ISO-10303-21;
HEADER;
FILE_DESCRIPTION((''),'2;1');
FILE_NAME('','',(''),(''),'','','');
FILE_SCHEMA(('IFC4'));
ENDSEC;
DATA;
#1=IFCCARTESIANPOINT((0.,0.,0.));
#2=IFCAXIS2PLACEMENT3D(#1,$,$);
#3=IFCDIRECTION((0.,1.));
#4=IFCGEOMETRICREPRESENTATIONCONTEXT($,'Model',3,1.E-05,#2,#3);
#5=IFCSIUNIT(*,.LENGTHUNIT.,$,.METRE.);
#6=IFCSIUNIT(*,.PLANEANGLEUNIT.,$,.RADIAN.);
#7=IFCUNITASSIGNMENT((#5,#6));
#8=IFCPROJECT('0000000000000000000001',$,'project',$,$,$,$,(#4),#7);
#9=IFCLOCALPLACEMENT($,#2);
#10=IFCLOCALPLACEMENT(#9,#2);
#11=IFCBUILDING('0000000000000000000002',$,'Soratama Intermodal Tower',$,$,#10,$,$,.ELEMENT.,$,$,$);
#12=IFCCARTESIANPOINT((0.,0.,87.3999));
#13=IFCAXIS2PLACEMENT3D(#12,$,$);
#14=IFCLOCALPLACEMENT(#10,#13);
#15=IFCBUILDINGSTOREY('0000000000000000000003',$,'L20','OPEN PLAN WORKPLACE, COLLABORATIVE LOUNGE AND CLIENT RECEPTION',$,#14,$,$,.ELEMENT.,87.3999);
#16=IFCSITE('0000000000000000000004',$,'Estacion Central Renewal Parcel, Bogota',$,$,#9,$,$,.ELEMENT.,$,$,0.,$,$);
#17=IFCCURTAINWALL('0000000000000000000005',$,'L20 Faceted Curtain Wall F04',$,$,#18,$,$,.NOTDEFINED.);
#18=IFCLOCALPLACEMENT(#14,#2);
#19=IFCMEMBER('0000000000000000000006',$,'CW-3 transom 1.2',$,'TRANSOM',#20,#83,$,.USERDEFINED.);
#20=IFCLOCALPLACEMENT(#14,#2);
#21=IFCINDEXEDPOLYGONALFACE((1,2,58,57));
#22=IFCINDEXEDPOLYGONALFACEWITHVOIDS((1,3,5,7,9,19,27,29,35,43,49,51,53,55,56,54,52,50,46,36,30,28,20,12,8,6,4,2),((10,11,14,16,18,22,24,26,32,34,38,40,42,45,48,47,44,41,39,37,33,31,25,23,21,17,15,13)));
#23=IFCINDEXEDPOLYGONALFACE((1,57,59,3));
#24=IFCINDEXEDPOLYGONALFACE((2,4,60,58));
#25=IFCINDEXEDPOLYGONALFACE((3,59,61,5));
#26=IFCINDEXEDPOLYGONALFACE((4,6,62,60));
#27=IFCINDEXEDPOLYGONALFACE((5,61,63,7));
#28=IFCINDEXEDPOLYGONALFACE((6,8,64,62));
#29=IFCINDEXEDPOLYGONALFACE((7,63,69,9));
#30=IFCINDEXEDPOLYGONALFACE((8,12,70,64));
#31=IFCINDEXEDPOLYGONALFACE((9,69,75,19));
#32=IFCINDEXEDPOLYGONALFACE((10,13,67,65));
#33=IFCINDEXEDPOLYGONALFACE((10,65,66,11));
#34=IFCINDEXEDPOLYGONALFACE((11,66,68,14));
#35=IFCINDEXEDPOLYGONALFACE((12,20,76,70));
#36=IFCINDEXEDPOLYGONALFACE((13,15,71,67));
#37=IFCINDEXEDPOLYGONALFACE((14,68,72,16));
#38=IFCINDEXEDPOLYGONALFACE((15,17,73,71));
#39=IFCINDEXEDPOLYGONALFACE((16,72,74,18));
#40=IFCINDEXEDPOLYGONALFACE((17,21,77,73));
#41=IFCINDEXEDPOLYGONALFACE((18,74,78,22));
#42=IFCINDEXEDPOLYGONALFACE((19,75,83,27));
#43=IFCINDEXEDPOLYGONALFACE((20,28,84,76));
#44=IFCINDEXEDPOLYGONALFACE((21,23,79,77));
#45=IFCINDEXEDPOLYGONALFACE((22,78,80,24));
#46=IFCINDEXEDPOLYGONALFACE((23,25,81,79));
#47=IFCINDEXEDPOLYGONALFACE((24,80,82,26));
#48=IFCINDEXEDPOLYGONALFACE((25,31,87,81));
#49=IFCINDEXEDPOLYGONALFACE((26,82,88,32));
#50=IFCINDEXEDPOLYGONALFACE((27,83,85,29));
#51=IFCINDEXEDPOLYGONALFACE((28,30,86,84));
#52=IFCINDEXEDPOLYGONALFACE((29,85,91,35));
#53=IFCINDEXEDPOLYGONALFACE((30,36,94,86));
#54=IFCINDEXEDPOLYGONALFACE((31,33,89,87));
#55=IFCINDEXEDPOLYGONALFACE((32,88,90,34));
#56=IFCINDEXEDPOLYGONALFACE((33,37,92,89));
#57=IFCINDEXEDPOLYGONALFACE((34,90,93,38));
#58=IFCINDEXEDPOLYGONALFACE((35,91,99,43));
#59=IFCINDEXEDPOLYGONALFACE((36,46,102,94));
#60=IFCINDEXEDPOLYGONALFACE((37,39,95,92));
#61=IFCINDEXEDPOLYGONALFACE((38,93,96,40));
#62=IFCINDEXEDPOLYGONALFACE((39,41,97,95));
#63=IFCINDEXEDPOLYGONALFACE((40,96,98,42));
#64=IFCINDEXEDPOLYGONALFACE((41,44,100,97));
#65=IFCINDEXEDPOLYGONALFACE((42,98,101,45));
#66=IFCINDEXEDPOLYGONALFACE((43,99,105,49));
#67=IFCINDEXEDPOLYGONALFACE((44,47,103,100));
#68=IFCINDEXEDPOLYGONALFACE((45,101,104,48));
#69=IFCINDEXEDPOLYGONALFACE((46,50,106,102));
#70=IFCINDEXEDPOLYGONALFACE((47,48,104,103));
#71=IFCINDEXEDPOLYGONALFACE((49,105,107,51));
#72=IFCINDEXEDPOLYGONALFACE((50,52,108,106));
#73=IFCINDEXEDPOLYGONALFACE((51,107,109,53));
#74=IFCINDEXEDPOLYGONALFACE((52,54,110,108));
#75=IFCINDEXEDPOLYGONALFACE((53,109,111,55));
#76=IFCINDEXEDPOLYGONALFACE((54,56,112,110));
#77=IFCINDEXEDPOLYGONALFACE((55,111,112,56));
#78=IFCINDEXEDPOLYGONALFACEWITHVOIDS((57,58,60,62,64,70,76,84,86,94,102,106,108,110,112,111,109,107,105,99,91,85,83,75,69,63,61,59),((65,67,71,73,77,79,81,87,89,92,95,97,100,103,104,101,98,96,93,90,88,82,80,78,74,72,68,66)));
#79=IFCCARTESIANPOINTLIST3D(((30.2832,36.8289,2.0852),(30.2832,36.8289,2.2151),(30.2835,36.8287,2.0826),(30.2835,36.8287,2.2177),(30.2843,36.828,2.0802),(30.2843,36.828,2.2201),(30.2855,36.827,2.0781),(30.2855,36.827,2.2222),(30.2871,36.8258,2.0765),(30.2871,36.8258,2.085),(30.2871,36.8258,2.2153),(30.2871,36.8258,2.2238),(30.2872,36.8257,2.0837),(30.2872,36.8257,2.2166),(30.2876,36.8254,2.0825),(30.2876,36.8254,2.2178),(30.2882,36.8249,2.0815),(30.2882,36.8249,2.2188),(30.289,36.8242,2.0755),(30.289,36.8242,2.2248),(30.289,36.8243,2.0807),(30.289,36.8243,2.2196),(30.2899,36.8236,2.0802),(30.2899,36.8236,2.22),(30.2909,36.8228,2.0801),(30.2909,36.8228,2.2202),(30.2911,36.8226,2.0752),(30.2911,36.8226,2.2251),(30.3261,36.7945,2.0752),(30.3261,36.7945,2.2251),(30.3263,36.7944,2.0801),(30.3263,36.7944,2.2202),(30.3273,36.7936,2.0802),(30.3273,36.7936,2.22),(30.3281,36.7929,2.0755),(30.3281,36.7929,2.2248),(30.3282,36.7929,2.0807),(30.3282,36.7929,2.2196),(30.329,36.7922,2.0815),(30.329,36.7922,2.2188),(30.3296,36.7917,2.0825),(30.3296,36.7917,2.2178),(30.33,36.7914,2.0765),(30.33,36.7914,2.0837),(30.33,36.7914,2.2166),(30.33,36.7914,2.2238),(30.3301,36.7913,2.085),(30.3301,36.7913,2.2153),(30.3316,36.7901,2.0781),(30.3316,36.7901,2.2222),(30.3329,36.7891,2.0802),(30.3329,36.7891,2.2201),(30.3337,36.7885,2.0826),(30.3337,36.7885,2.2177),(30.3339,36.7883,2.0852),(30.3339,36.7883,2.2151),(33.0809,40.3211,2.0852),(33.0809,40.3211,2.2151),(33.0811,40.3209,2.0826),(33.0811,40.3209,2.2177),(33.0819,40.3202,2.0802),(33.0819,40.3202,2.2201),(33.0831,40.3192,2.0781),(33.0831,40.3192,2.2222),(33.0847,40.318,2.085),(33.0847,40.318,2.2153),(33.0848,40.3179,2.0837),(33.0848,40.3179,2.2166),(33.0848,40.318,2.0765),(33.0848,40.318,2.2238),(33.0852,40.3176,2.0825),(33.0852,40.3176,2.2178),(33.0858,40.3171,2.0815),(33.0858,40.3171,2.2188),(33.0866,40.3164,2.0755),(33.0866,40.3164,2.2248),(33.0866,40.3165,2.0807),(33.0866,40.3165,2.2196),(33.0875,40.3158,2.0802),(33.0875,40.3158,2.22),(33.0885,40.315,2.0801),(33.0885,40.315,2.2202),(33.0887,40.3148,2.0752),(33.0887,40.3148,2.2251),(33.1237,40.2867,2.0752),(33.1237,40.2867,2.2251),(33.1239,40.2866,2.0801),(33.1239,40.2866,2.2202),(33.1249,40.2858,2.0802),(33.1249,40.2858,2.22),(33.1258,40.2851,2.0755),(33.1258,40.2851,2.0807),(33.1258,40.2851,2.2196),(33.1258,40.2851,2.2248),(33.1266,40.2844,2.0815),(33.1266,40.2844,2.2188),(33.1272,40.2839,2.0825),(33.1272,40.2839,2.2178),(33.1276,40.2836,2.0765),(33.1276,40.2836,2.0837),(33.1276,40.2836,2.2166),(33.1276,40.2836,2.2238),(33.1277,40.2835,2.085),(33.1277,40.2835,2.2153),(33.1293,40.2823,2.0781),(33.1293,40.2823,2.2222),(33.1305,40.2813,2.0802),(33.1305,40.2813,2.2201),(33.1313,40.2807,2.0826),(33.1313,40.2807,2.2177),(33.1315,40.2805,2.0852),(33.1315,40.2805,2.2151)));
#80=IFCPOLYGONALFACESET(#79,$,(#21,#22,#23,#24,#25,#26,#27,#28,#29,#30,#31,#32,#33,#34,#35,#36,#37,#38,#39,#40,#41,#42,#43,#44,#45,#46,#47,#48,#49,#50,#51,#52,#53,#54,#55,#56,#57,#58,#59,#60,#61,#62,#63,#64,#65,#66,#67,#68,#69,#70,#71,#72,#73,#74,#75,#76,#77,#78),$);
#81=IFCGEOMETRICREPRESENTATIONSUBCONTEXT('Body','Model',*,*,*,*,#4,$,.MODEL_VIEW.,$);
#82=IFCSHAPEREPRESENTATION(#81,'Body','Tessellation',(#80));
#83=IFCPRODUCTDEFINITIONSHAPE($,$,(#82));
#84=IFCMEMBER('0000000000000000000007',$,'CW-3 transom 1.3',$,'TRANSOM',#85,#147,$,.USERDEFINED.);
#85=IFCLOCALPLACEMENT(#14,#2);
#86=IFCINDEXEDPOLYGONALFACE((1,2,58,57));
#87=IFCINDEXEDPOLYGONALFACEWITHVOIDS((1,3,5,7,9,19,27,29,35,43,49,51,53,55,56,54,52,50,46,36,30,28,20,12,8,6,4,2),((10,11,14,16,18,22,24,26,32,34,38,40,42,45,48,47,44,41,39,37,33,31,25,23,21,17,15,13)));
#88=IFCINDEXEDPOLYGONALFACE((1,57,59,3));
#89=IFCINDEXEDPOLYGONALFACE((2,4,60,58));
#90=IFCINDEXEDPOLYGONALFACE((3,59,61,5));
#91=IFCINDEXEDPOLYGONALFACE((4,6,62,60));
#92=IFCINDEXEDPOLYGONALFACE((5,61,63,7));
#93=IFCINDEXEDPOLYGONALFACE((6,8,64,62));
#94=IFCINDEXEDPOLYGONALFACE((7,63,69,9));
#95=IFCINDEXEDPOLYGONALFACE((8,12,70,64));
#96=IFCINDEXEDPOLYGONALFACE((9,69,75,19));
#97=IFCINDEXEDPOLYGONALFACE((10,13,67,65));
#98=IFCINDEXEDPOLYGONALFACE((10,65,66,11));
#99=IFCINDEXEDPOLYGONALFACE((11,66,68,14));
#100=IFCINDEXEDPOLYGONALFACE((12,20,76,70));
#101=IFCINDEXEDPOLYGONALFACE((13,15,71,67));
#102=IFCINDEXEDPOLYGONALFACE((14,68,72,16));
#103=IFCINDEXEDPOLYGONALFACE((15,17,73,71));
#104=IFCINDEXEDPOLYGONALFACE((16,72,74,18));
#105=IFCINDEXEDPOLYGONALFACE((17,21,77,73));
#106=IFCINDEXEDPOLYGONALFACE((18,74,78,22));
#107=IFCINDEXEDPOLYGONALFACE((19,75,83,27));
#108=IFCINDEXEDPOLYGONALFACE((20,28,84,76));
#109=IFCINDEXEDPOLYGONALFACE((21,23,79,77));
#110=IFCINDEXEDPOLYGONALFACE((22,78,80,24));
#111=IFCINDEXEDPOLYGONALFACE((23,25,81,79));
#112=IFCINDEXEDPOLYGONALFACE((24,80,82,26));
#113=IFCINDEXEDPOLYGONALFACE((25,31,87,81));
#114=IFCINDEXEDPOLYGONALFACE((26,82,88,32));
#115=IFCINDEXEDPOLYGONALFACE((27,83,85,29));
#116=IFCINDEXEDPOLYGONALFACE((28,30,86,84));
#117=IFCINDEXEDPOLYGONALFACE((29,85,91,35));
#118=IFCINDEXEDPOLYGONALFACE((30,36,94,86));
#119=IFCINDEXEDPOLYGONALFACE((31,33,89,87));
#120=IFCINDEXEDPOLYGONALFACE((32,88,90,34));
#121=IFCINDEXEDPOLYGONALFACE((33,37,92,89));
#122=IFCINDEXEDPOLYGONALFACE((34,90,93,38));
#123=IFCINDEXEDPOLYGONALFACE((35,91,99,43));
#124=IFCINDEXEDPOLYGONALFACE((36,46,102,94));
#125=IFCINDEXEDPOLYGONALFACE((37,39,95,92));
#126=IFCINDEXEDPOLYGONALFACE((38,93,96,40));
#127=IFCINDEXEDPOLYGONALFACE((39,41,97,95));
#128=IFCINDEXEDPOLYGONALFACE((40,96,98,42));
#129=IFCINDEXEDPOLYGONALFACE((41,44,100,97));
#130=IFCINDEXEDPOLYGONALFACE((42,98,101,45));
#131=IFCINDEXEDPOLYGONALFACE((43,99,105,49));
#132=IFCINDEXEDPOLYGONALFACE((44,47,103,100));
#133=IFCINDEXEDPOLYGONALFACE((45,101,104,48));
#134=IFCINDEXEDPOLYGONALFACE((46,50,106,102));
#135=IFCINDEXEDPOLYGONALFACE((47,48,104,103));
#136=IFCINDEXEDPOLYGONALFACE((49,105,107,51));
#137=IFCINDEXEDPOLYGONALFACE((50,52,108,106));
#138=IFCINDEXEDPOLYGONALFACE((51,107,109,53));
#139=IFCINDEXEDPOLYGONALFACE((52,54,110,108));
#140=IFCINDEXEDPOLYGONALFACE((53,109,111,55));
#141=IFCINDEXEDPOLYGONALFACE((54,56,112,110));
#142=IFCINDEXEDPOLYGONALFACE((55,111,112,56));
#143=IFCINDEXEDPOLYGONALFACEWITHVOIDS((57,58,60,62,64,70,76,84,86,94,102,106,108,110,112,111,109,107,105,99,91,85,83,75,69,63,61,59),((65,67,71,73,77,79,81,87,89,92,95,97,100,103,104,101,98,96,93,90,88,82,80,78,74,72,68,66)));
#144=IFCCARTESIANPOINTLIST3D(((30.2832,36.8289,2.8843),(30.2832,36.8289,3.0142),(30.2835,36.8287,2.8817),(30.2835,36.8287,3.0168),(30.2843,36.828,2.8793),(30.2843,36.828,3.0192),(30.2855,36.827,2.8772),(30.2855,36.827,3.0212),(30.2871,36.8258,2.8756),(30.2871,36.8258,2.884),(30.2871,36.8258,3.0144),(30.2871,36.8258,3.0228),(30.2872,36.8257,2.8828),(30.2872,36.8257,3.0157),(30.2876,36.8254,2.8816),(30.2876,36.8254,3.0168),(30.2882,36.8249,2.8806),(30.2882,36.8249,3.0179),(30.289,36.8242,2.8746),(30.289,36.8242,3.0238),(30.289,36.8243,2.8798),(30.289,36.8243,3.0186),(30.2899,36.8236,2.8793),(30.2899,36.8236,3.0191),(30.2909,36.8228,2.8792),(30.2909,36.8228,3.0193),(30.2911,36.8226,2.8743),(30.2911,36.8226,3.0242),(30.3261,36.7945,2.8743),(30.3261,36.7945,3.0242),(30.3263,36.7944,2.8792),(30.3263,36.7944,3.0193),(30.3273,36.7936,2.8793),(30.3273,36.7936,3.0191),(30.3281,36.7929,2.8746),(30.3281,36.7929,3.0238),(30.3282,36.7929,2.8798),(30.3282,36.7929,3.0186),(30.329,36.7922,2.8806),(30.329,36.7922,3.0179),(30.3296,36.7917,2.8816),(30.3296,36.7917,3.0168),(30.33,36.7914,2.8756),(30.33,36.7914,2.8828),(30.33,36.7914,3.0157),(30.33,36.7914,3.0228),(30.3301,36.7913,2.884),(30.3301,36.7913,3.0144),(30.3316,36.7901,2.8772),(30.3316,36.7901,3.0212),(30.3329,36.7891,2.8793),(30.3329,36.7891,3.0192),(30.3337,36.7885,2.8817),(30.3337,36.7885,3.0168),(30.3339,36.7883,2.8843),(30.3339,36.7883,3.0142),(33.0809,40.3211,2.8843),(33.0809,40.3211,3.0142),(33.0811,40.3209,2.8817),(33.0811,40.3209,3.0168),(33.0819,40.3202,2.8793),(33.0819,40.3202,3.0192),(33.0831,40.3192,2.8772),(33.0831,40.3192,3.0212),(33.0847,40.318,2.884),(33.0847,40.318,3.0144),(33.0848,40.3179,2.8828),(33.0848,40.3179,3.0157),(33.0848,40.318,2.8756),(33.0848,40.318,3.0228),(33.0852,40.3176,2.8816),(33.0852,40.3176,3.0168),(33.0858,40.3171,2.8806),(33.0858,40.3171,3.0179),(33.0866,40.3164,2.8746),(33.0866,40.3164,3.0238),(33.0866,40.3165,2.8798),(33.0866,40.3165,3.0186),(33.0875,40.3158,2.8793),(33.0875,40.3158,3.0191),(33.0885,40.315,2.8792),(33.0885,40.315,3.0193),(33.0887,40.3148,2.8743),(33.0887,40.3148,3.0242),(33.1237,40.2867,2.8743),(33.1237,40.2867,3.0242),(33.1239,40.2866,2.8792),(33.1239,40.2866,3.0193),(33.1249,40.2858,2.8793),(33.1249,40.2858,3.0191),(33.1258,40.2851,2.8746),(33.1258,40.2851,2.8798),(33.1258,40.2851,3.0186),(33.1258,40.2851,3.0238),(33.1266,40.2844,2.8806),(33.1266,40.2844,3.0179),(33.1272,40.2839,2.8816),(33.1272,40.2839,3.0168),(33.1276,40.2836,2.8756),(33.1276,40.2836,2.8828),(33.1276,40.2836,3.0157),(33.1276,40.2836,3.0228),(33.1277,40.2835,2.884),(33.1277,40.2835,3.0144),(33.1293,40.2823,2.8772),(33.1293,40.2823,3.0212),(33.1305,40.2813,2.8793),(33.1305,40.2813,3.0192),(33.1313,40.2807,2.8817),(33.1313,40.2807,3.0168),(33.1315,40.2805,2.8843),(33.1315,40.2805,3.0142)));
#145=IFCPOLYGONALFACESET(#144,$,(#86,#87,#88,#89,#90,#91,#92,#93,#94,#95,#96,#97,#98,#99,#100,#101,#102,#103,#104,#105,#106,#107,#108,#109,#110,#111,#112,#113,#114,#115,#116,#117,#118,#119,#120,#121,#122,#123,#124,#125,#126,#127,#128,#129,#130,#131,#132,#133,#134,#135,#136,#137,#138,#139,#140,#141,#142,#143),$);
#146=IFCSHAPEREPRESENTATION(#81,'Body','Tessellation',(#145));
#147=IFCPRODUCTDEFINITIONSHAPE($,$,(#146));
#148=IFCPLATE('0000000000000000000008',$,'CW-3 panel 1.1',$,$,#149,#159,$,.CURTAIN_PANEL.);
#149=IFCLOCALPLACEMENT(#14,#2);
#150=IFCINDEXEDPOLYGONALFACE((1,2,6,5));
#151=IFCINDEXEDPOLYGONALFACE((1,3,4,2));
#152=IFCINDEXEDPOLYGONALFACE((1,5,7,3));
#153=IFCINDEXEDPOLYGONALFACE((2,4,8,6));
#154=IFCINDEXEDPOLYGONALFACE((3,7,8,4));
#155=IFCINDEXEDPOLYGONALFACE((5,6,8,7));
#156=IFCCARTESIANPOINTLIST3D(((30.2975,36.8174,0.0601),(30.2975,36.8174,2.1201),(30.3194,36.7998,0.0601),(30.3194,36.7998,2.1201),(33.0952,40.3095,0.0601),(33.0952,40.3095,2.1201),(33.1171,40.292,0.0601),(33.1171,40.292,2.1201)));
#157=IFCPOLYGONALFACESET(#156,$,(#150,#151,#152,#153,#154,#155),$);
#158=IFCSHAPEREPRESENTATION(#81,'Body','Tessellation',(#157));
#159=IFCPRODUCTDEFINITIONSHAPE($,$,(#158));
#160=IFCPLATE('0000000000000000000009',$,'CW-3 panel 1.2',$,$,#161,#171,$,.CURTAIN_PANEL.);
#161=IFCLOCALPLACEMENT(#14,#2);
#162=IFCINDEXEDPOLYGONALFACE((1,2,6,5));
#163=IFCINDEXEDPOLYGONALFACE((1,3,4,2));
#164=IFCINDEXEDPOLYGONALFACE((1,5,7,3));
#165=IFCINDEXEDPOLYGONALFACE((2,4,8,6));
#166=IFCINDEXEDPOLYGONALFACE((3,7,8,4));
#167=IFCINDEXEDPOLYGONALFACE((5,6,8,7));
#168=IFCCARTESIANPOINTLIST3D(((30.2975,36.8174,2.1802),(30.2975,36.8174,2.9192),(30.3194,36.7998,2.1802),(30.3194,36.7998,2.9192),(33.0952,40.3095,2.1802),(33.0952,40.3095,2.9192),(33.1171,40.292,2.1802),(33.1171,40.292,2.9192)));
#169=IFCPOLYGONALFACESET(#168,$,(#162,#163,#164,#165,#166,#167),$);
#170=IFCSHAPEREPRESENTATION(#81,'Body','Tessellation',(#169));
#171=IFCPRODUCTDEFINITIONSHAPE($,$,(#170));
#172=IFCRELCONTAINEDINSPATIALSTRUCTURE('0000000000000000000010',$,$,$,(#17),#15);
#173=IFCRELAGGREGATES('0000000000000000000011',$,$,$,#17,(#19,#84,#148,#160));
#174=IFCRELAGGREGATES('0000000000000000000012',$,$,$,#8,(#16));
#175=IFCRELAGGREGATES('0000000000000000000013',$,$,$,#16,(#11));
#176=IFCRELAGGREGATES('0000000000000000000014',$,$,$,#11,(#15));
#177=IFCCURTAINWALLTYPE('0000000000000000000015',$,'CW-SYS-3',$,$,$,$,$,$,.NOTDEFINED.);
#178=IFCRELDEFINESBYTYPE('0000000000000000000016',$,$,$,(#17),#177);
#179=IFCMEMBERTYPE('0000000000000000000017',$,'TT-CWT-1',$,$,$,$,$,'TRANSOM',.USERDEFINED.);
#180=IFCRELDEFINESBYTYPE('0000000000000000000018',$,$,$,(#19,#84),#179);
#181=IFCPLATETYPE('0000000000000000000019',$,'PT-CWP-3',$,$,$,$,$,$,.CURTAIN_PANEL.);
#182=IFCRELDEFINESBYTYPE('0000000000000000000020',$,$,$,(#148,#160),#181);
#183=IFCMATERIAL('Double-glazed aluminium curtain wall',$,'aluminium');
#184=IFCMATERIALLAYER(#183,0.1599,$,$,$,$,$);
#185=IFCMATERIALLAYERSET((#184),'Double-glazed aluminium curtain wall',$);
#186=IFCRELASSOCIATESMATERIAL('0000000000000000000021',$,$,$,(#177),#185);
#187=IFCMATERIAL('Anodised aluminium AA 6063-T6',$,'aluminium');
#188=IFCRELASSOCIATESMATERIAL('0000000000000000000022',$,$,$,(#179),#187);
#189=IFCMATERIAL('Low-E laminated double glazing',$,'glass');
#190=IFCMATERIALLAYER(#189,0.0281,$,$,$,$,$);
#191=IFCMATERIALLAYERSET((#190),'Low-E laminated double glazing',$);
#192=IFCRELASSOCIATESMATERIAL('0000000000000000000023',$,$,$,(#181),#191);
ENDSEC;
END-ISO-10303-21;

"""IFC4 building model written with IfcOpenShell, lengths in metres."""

from ifc_helpers import new_model, si_unit, direction, frame, origin, origin_2d, place, context, subcontext, project, spatial, rectangle, hollow_rectangle, extrude, material, layer, layer_set, material_profile, profile_set, type_object, element, aggregate, save


model = new_model("IFC4")

# Units and contexts
model_context = context("Model", 3, precision=1e-05, world=origin(), true_north=direction((0.0, 1.0)))
body_context = subcontext(model_context, "Body", "Model", "MODEL_VIEW")
ifc_project = project(units=[si_unit("LENGTHUNIT", "METRE"), si_unit("PLANEANGLEUNIT", "RADIAN")], contexts=[model_context])

# Site, building, storey
site_placement = place(None, origin())
site = spatial("IfcSite", under=ifc_project, at=site_placement, Name="Estacion Central Renewal Parcel, Bogota", CompositionType="ELEMENT", RefElevation=0.0)
building_placement = place(site_placement, origin())
building = spatial("IfcBuilding", under=site, at=building_placement, Name="Soratama Intermodal Tower", CompositionType="ELEMENT")
storey_placement = place(building_placement, frame((0.0, 0.0, 87.3999)))
storey = spatial("IfcBuildingStorey", under=building, at=storey_placement, Name="L20", Description="OPEN PLAN WORKPLACE, COLLABORATIVE LOUNGE AND CLIENT RECEPTION", CompositionType="ELEMENT", Elevation=87.3999)

# Curtain wall, members, plates
ifc_material_1 = material(Name="Double-glazed aluminium curtain wall", Category="aluminium")
ifc_layer_1 = layer(ifc_material_1, 0.1599)
ifc_layer_set_1 = layer_set([ifc_layer_1], Name="Double-glazed aluminium curtain wall")
curtain_wall_type = type_object("IfcCurtainWallType", Name="CW-SYS-3", PredefinedType="NOTDEFINED", material=ifc_layer_set_1)
curtain_wall_placement = place(storey_placement, origin())
curtain_wall = element("IfcCurtainWall", 1, at=curtain_wall_placement, inside=storey, type_object=curtain_wall_type, Name="L20 Faceted Curtain Wall F04", PredefinedType="NOTDEFINED")
ifc_material_2 = material(Name="Anodised aluminium AA 6063-T6", Category="aluminium")
ifc_material_profile_1 = material_profile(ifc_material_2, hollow_rectangle(XDim=0.0649, YDim=0.1499, WallThickness=0.0049, InnerFilletRadius=0.0049, OuterFilletRadius=0.01, at=origin_2d()), Name="CWT150X65X5")
ifc_profile_set_1 = profile_set([ifc_material_profile_1], Name="Anodised aluminium AA 6063-T6")
member_type_1 = type_object("IfcMemberType", Name="TT-CWT-1", ElementType="TRANSOM", PredefinedType="USERDEFINED", material=ifc_profile_set_1)
member_1_placement = place(storey_placement, frame((33.1062, 40.3008, 2.1501), z_axis=(-0.625221, -0.780448, 0.0), x_axis=(0.780448, -0.625221, 0.0)))
member_1 = element("IfcMember", 2, at=member_1_placement, type_object=member_type_1, Name="CW-3 transom 1.2", ObjectType="TRANSOM", PredefinedType="USERDEFINED", context=body_context, shape_type="SweptSolid", body=[
    extrude(hollow_rectangle(XDim=0.0649, YDim=0.1499, WallThickness=0.0049, InnerFilletRadius=0.0049, OuterFilletRadius=0.01, at=origin_2d()), origin(), (0.0, 0.0, 1.0), 4.4746),
])
member_2_placement = place(storey_placement, frame((33.1062, 40.3008, 2.9492), z_axis=(-0.625221, -0.780448, 0.0), x_axis=(0.780448, -0.625221, 0.0)))
member_2 = element("IfcMember", 3, at=member_2_placement, type_object=member_type_1, Name="CW-3 transom 1.3", ObjectType="TRANSOM", PredefinedType="USERDEFINED", context=body_context, shape_type="SweptSolid", body=[
    extrude(hollow_rectangle(XDim=0.0649, YDim=0.1499, WallThickness=0.0049, InnerFilletRadius=0.0049, OuterFilletRadius=0.01, at=origin_2d()), origin(), (0.0, 0.0, 1.0), 4.4746),
])
ifc_material_3 = material(Name="Low-E laminated double glazing", Category="glass")
ifc_layer_2 = layer(ifc_material_3, 0.0281)
ifc_layer_set_2 = layer_set([ifc_layer_2], Name="Low-E laminated double glazing")
plate_type = type_object("IfcPlateType", Name="PT-CWP-3", PredefinedType="CURTAIN_PANEL", material=ifc_layer_set_2)
plate_1_placement = place(storey_placement, frame((31.7073, 38.5547, 0.0601), z_axis=(0.0, 0.0, 1.0), x_axis=(-0.625241, -0.780432, 0.0)))
plate_1 = element("IfcPlate", 4, at=plate_1_placement, type_object=plate_type, Name="CW-3 panel 1.1", PredefinedType="CURTAIN_PANEL", context=body_context, shape_type="SweptSolid", body=[
    extrude(rectangle(XDim=4.4746, YDim=0.0281, at=origin_2d()), origin(), (0.0, 0.0, 1.0), 2.0601),
])
plate_2_placement = place(storey_placement, frame((31.7073, 38.5547, 2.1802), z_axis=(0.0, 0.0, 1.0), x_axis=(-0.625241, -0.780432, 0.0)))
plate_2 = element("IfcPlate", 5, at=plate_2_placement, type_object=plate_type, Name="CW-3 panel 1.2", PredefinedType="CURTAIN_PANEL", context=body_context, shape_type="SweptSolid", body=[
    extrude(rectangle(XDim=4.4746, YDim=0.0281, at=origin_2d()), origin(), (0.0, 0.0, 1.0), 0.739),
])
aggregate(curtain_wall, [member_1, member_2, plate_1, plate_2])

save(model, "model.ifc")
